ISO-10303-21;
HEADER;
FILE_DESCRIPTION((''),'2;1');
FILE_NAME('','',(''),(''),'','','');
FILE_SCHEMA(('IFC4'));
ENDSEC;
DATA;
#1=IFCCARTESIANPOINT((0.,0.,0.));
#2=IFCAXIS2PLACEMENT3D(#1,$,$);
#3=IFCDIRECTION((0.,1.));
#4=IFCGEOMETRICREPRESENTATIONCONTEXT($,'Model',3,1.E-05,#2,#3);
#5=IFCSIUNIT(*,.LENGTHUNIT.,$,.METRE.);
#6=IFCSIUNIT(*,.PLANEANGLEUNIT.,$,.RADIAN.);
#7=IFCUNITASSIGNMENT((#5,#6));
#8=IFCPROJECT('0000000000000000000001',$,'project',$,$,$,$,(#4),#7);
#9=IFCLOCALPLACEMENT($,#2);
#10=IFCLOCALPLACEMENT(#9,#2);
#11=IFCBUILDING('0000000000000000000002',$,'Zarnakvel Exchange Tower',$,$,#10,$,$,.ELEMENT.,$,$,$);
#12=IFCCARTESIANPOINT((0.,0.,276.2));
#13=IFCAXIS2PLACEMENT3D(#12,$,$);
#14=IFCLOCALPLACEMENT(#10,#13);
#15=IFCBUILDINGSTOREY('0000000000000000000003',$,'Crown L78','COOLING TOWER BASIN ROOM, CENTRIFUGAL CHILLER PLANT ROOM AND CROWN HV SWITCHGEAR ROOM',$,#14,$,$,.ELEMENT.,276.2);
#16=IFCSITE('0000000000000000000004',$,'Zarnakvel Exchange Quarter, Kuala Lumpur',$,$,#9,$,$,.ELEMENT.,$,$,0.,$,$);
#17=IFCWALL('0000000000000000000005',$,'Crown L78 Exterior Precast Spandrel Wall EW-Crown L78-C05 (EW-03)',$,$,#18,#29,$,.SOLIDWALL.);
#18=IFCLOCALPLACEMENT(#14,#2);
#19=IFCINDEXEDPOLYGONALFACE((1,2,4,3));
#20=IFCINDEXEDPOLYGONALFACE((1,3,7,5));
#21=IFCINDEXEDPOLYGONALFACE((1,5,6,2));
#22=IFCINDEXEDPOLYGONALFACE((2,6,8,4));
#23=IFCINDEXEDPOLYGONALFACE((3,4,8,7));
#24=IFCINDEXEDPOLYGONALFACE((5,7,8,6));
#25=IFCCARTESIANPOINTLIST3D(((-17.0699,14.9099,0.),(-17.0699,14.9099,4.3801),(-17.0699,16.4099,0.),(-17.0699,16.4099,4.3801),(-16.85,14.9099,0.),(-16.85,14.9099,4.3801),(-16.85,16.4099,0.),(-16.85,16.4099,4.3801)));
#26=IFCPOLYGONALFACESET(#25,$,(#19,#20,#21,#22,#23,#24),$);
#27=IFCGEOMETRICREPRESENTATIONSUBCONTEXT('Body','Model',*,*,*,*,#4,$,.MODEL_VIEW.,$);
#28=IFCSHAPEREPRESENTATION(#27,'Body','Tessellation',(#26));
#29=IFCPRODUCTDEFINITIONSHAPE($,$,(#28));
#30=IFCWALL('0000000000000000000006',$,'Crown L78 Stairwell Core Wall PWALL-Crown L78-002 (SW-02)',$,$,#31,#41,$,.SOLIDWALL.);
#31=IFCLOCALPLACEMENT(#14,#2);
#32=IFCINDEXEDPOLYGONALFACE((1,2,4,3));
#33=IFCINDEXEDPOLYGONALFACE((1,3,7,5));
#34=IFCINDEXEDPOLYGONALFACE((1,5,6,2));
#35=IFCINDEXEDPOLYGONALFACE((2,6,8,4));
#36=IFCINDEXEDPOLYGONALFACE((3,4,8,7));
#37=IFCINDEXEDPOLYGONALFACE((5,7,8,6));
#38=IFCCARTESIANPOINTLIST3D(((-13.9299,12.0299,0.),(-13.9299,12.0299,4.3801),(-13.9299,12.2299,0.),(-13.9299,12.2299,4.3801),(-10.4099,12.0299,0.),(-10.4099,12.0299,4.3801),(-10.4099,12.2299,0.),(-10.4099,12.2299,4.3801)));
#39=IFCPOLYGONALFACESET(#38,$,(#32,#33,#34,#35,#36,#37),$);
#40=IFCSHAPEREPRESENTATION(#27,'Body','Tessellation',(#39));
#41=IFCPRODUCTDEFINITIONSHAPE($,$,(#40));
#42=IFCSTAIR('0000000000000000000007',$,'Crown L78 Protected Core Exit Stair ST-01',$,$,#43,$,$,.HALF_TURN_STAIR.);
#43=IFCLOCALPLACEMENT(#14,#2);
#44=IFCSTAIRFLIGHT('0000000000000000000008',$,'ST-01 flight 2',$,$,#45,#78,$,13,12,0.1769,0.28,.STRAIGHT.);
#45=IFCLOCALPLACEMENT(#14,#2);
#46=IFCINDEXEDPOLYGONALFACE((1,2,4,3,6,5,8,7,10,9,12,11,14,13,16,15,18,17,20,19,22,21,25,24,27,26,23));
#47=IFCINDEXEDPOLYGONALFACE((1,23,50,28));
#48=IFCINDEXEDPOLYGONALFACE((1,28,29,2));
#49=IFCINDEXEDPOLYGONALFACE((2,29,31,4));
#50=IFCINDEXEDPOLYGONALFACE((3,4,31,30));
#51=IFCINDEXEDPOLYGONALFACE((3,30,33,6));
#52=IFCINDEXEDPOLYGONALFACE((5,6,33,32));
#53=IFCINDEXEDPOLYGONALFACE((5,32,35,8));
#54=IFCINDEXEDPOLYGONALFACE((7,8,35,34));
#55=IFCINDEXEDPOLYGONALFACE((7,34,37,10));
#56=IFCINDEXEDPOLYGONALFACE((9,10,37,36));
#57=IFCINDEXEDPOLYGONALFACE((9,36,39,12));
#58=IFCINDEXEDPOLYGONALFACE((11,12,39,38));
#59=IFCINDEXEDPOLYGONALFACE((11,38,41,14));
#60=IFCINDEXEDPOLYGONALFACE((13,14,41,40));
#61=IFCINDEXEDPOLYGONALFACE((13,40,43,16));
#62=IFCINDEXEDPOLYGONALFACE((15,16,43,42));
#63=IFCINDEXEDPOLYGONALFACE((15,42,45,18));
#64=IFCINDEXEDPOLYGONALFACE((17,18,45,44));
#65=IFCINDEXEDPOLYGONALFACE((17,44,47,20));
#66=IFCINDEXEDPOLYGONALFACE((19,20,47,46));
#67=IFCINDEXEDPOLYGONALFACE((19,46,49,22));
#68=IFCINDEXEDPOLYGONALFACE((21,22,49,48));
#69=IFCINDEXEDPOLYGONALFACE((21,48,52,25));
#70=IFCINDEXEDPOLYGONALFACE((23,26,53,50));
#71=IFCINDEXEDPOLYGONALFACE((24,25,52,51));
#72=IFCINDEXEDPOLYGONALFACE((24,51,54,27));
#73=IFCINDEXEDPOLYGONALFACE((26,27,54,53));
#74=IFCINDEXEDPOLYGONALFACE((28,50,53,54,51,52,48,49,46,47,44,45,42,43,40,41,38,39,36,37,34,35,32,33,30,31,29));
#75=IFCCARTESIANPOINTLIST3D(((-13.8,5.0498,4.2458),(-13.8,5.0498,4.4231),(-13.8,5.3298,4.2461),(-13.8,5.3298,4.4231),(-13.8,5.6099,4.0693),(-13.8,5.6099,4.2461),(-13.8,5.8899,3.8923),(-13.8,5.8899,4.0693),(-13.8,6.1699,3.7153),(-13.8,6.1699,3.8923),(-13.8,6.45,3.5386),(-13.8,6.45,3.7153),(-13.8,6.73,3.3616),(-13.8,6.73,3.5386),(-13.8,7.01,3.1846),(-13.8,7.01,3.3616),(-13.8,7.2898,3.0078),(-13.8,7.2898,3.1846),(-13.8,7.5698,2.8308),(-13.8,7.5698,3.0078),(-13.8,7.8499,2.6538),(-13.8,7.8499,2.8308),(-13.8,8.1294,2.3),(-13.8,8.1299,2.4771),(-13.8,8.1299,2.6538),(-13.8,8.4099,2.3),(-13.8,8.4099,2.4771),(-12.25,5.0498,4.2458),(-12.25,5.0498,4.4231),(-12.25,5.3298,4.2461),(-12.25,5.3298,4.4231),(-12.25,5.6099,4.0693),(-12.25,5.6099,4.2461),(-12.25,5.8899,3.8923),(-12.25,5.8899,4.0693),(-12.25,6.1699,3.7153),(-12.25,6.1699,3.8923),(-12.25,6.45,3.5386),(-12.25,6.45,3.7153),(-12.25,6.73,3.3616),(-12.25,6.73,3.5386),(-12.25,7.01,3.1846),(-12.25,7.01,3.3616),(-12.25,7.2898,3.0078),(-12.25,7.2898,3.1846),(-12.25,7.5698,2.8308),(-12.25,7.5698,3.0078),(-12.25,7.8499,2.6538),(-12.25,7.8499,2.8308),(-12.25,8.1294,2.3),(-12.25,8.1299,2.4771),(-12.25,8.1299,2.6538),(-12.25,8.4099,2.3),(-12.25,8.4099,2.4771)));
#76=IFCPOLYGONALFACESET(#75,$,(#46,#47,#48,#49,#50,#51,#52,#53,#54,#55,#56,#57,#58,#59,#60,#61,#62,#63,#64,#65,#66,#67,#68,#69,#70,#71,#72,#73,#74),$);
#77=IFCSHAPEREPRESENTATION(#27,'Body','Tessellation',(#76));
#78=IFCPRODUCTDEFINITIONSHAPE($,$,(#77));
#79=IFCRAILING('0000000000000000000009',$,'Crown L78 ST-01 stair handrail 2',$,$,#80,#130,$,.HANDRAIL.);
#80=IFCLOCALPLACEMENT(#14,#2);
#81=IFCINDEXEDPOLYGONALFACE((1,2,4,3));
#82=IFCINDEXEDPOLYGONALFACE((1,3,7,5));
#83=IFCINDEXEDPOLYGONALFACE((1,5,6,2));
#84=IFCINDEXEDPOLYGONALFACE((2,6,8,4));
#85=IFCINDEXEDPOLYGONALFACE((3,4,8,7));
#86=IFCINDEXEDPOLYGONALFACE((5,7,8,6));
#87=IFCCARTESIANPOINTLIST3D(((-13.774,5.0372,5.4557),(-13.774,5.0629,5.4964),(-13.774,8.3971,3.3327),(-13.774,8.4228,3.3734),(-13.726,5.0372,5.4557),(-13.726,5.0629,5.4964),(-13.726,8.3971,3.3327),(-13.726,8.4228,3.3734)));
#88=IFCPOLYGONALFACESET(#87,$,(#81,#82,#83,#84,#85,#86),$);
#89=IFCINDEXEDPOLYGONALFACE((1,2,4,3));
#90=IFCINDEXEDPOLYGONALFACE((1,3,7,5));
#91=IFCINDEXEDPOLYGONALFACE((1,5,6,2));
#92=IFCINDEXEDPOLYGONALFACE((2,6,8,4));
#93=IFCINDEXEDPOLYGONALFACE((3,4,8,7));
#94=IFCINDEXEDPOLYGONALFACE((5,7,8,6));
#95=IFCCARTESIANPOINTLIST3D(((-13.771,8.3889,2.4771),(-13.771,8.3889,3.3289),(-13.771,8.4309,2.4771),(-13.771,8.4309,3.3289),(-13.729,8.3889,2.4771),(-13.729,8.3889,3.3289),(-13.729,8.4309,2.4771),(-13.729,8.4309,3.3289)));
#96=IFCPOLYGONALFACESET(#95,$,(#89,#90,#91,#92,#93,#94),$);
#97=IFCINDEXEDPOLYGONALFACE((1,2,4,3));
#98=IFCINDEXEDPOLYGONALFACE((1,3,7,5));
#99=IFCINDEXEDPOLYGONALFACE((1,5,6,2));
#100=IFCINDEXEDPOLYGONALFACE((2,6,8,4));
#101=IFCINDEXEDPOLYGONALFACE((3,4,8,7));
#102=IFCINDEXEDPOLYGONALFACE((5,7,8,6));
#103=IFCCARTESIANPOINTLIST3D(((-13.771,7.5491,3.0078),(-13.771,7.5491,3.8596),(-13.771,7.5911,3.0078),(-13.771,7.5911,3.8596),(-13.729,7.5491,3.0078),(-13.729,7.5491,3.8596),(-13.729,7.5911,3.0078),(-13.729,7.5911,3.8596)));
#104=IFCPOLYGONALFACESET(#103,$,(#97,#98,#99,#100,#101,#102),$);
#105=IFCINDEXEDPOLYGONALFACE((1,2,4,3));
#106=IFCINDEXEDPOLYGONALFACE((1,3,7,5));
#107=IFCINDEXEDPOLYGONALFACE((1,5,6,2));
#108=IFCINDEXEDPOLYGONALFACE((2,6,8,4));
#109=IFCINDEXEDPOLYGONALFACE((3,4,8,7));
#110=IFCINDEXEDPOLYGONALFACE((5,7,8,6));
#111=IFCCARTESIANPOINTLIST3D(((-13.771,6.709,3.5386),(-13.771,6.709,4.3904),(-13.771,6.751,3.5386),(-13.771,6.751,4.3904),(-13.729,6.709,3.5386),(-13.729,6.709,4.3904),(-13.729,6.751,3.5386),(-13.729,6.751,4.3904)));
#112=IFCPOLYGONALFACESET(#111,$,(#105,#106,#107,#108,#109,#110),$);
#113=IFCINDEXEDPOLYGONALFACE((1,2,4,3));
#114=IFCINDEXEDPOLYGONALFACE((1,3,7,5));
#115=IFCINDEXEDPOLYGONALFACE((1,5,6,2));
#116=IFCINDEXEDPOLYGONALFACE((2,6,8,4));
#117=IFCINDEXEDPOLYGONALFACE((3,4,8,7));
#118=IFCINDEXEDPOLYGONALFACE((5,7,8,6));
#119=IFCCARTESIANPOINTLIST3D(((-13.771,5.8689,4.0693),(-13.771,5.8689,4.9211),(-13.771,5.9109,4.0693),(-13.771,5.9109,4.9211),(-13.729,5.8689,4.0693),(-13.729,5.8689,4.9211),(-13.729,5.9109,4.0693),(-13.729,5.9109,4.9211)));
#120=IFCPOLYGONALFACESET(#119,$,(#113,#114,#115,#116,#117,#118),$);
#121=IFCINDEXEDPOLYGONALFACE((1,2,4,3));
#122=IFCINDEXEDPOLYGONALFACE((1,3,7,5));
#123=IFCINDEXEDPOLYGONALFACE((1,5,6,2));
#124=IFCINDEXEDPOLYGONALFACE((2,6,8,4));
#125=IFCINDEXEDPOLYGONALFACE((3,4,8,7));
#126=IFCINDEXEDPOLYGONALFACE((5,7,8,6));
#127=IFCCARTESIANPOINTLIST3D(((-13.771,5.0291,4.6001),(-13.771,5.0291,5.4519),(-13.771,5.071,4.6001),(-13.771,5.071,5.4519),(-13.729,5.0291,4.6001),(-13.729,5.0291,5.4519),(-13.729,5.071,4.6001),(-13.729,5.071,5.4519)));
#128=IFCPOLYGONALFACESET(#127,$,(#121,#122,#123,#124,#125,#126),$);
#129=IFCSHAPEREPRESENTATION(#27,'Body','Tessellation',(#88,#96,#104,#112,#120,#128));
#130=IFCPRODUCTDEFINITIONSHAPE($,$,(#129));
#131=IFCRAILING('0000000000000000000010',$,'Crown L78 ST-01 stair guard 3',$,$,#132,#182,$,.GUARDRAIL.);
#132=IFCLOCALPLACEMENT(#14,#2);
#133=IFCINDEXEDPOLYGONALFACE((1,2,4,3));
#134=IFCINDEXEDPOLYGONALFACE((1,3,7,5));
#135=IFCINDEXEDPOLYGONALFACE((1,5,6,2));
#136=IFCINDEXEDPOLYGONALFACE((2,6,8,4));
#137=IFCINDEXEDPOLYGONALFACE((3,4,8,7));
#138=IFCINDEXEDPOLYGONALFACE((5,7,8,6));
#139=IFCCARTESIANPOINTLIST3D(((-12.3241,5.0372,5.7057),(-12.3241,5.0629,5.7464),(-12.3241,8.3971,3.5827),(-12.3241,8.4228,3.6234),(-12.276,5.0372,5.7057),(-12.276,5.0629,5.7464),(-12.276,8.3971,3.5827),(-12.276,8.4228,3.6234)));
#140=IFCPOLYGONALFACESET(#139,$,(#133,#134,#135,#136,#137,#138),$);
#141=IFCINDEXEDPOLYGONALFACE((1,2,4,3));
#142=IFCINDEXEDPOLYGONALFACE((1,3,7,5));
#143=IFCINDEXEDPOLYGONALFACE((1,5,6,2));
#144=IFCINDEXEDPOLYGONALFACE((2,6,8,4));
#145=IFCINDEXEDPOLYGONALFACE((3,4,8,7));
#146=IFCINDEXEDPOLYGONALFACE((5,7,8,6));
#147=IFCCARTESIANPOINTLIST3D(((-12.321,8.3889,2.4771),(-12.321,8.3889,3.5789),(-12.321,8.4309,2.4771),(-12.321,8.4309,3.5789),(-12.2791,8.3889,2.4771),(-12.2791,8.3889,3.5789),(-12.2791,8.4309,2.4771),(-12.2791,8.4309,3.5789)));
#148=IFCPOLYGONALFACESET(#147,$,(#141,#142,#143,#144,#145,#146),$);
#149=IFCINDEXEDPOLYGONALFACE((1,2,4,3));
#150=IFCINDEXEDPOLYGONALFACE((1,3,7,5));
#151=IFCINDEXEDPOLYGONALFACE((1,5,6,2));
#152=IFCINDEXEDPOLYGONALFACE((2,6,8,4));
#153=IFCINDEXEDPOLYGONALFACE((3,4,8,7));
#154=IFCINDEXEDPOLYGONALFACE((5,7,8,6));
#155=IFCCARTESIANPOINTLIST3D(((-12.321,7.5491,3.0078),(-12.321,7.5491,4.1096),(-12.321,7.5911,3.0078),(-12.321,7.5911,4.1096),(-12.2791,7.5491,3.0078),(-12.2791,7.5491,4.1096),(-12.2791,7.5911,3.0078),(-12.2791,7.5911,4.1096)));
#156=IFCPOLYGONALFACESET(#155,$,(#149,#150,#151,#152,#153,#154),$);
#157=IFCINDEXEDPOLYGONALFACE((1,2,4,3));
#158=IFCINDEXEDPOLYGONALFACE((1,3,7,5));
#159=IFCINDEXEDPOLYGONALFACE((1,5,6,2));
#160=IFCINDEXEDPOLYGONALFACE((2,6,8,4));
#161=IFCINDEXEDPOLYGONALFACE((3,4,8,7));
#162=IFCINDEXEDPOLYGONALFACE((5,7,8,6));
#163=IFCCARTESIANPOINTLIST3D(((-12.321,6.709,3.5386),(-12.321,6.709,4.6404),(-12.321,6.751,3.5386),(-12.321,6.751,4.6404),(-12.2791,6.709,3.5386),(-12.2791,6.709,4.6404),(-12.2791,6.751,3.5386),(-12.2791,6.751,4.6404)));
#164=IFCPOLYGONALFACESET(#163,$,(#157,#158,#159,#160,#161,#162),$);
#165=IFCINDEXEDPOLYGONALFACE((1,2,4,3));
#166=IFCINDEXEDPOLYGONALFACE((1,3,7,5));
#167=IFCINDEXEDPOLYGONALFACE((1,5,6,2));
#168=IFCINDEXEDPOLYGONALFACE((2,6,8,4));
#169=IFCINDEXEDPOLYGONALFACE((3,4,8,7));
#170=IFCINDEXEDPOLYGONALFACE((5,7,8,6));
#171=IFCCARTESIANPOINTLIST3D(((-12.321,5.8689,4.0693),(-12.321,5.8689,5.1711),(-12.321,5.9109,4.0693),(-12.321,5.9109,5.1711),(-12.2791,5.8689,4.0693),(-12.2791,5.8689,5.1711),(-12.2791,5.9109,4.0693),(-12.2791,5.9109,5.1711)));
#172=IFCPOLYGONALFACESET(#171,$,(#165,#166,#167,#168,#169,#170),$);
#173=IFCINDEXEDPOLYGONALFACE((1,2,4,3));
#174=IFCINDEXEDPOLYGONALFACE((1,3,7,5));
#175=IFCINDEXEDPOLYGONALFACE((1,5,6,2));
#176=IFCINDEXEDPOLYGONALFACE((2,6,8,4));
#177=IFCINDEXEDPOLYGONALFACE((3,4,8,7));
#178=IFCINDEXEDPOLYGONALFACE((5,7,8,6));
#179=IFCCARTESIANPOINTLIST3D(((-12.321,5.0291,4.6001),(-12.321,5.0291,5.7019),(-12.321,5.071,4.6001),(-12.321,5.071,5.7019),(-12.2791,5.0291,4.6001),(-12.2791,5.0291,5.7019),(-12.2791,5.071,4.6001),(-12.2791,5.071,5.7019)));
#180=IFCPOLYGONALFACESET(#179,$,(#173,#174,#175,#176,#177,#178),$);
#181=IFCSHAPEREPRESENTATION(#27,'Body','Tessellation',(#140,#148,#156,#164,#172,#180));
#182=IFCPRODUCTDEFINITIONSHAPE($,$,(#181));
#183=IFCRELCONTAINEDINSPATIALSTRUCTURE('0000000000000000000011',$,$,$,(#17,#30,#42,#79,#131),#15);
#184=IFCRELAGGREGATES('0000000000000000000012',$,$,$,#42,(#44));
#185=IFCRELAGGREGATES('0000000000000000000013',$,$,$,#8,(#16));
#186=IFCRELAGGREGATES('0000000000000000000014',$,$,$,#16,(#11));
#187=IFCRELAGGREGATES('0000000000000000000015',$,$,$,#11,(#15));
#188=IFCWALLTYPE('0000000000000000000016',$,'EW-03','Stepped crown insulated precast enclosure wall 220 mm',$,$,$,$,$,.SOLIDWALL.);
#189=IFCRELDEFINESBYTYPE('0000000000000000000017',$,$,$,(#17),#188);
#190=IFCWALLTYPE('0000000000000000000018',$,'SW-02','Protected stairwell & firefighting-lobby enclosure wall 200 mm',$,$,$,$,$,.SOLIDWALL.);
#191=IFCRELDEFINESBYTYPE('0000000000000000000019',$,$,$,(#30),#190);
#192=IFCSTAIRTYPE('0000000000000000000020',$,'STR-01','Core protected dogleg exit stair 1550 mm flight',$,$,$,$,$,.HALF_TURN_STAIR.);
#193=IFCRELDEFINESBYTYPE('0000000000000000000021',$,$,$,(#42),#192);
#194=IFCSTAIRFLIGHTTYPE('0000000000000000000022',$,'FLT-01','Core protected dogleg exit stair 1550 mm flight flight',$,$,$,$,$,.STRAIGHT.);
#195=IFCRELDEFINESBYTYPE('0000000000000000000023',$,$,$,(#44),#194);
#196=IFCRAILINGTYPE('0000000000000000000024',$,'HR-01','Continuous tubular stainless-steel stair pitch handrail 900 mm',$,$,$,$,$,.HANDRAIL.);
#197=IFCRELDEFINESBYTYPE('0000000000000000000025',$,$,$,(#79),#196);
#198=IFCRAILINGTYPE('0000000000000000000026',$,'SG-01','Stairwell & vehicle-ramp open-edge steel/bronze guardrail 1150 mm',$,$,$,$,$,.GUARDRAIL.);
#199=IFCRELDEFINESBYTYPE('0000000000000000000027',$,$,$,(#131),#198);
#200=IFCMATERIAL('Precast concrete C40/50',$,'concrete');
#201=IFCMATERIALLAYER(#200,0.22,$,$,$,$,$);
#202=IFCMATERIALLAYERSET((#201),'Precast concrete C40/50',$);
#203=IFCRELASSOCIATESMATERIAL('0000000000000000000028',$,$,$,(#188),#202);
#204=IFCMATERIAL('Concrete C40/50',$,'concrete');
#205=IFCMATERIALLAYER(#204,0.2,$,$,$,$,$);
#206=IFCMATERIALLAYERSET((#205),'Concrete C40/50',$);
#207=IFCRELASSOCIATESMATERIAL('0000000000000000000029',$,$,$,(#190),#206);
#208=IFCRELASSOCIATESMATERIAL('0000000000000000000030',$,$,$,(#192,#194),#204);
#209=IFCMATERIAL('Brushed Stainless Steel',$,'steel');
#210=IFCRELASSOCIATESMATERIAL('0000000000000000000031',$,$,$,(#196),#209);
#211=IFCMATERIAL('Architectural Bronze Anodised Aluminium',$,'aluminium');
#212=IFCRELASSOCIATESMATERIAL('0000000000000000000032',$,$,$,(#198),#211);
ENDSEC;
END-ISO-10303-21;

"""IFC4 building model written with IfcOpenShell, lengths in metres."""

from ifc_helpers import new_model, si_unit, direction, frame, frame_2d, origin, origin_2d, place, context, subcontext, project, spatial, polyline, rectangle, outline, extrude, material, layer, layer_set, type_object, element, aggregate, save


model = new_model("IFC4")

# Units and contexts
model_context = context("Model", 3, precision=1e-05, world=origin(), true_north=direction((0.0, 1.0)))
body_context = subcontext(model_context, "Body", "Model", "MODEL_VIEW")
ifc_project = project(units=[si_unit("LENGTHUNIT", "METRE"), si_unit("PLANEANGLEUNIT", "RADIAN")], contexts=[model_context])

# Site, building, storey
site_placement = place(None, origin())
site = spatial("IfcSite", under=ifc_project, at=site_placement, Name="Zarnakvel Exchange Quarter, Kuala Lumpur", CompositionType="ELEMENT", RefElevation=0.0)
building_placement = place(site_placement, origin())
building = spatial("IfcBuilding", under=site, at=building_placement, Name="Zarnakvel Exchange Tower", CompositionType="ELEMENT")
storey_placement = place(building_placement, frame((0.0, 0.0, 276.2)))
storey = spatial("IfcBuildingStorey", under=building, at=storey_placement, Name="Crown L78", Description="COOLING TOWER BASIN ROOM, CENTRIFUGAL CHILLER PLANT ROOM AND CROWN HV SWITCHGEAR ROOM", CompositionType="ELEMENT", Elevation=276.2)

# Shared definitions
ifc_material_1 = material(Name="Architectural Bronze Anodised Aluminium", Category="aluminium")

# Walls
ifc_material_2 = material(Name="Precast concrete C40/50", Category="concrete")
ifc_layer_1 = layer(ifc_material_2, 0.22)
ifc_layer_set_1 = layer_set([ifc_layer_1], Name="Precast concrete C40/50")
wall_type_1 = type_object("IfcWallType", Name="EW-03", Description="Stepped crown insulated precast enclosure wall 220 mm", PredefinedType="SOLIDWALL", material=ifc_layer_set_1)
for number, where, z_axis, x_axis, name in (
    (1, (-16.96, 16.4099, 0.0), (0.0, 0.0, 1.0), (0.0, -1.0, 0.0), "Crown L78 Exterior Precast Spandrel Wall EW-Crown L78-C05 (EW-03)"),
):
    element("IfcWall", number, at=place(storey_placement, frame(where, z_axis=z_axis, x_axis=x_axis)), inside=storey, type_object=wall_type_1, Name=name, PredefinedType="SOLIDWALL", context=body_context, shape_type="SweptSolid", body=[
        extrude(rectangle(XDim=1.5, YDim=0.22, at=frame_2d((0.75, 0.0))), origin(), (0.0, 0.0, 1.0), 4.3801),
    ])
ifc_material_3 = material(Name="Concrete C40/50", Category="concrete")
ifc_layer_2 = layer(ifc_material_3, 0.2)
ifc_layer_set_2 = layer_set([ifc_layer_2], Name="Concrete C40/50")
wall_type_2 = type_object("IfcWallType", Name="SW-02", Description="Protected stairwell & firefighting-lobby enclosure wall 200 mm", PredefinedType="SOLIDWALL", material=ifc_layer_set_2)
wall_1_placement = place(storey_placement, frame((-13.9299, 12.1299, 0.0), z_axis=(0.0, 0.0, 1.0), x_axis=(1.0, 0.0, 0.0)))
element("IfcWall", 2, at=wall_1_placement, inside=storey, type_object=wall_type_2, Name="Crown L78 Stairwell Core Wall PWALL-Crown L78-002 (SW-02)", PredefinedType="SOLIDWALL", context=body_context, shape_type="SweptSolid", body=[
    extrude(rectangle(XDim=3.52, YDim=0.2, at=frame_2d((1.76, 0.0))), origin(), (0.0, 0.0, 1.0), 4.3801),
])

# Stair, stair flight
stair_type = type_object("IfcStairType", Name="STR-01", Description="Core protected dogleg exit stair 1550 mm flight", PredefinedType="HALF_TURN_STAIR", material=ifc_material_3)
stair_placement = place(storey_placement, origin())
stair = element("IfcStair", 3, at=stair_placement, inside=storey, type_object=stair_type, Name="Crown L78 Protected Core Exit Stair ST-01", PredefinedType="HALF_TURN_STAIR")
stair_flight_type = type_object("IfcStairFlightType", Name="FLT-01", Description="Core protected dogleg exit stair 1550 mm flight flight", PredefinedType="STRAIGHT", material=ifc_material_3)
stair_flight_placement = place(storey_placement, frame((-13.0249, 8.4099, 2.3), z_axis=(0.0, 0.0, 1.0), x_axis=(0.0, -1.0, 0.0)))
stair_flight = element("IfcStairFlight", 4, at=stair_flight_placement, type_object=stair_flight_type, Name="ST-01 flight 2", NumberOfRisers=13, NumberOfTreads=12, PredefinedType="STRAIGHT", RiserHeight=0.1769, TreadLength=0.28, context=body_context, shape_type="SweptSolid", body=[
    extrude(outline(polyline([(0.0, 0.0), (0.0, 0.177), (0.28, 0.177), (0.28, 0.3538), (0.5601, 0.3538), (0.5601, 0.5308), (0.8401, 0.5308), (0.8401, 0.7078), (1.1201, 0.7078), (1.1201, 0.8845), (1.3999, 0.8845), (1.3999, 1.0615), (1.6799, 1.0615), (1.6799, 1.2385), (1.96, 1.2385), (1.96, 1.4153), (2.24, 1.4153), (2.24, 1.5923), (2.52, 1.5923), (2.52, 1.7693), (2.8, 1.7693), (2.8, 1.946), (3.0801, 1.946), (3.0801, 2.123), (3.3601, 2.123), (3.3601, 2.3), (3.3601, 1.9458), (0.2805, 0.0), (0.0, 0.0)])), frame((0.0, 0.7749, 0.0), z_axis=(0.0, -1.0, 0.0), x_axis=(1.0, 0.0, 0.0)), (0.0, 0.0, 1.0), 1.55),
])
aggregate(stair, [stair_flight])

# Railings
ifc_material_4 = material(Name="Brushed Stainless Steel", Category="steel")
railing_type_1 = type_object("IfcRailingType", Name="HR-01", Description="Continuous tubular stainless-steel stair pitch handrail 900 mm", PredefinedType="HANDRAIL", material=ifc_material_4)
railing_1_placement = place(storey_placement, frame((-13.75, 8.4099, 2.4771)))
element("IfcRailing", 5, at=railing_1_placement, inside=storey, type_object=railing_type_1, Name="Crown L78 ST-01 stair handrail 2", PredefinedType="HANDRAIL", context=body_context, shape_type="SweptSolid", body=[
    extrude(rectangle(XDim=0.0481, YDim=0.0481, at=origin_2d()), frame((0.0, 0.0, 0.876), z_axis=(0.0, -0.845372, 0.534178), x_axis=(1.0, 0.0, 0.0)), (0.0, 0.0, 1.0), 3.9744),
    extrude(rectangle(XDim=0.042, YDim=0.042, at=origin_2d()), origin(), (0.0, 0.0, 1.0), 0.8518),
    extrude(rectangle(XDim=0.042, YDim=0.042, at=origin_2d()), frame((0.0, -0.8398, 0.5308)), (0.0, 0.0, 1.0), 0.8518),
    extrude(rectangle(XDim=0.042, YDim=0.042, at=origin_2d()), frame((0.0, -1.6799, 1.0615)), (0.0, 0.0, 1.0), 0.8518),
    extrude(rectangle(XDim=0.042, YDim=0.042, at=origin_2d()), frame((0.0, -2.52, 1.5923)), (0.0, 0.0, 1.0), 0.8518),
    extrude(rectangle(XDim=0.042, YDim=0.042, at=origin_2d()), frame((0.0, -3.3599, 2.123)), (0.0, 0.0, 1.0), 0.8518),
])
railing_type_2 = type_object("IfcRailingType", Name="SG-01", Description="Stairwell & vehicle-ramp open-edge steel/bronze guardrail 1150 mm", PredefinedType="GUARDRAIL", material=ifc_material_1)
railing_2_placement = place(storey_placement, frame((-12.3, 8.4099, 2.4771)))
element("IfcRailing", 6, at=railing_2_placement, inside=storey, type_object=railing_type_2, Name="Crown L78 ST-01 stair guard 3", PredefinedType="GUARDRAIL", context=body_context, shape_type="SweptSolid", body=[
    extrude(rectangle(XDim=0.0481, YDim=0.0481, at=origin_2d()), frame((0.0, 0.0, 1.126), z_axis=(0.0, -0.845372, 0.534178), x_axis=(1.0, 0.0, 0.0)), (0.0, 0.0, 1.0), 3.9744),
    extrude(rectangle(XDim=0.042, YDim=0.042, at=origin_2d()), origin(), (0.0, 0.0, 1.0), 1.1018),
    extrude(rectangle(XDim=0.042, YDim=0.042, at=origin_2d()), frame((0.0, -0.8398, 0.5308)), (0.0, 0.0, 1.0), 1.1018),
    extrude(rectangle(XDim=0.042, YDim=0.042, at=origin_2d()), frame((0.0, -1.6799, 1.0615)), (0.0, 0.0, 1.0), 1.1018),
    extrude(rectangle(XDim=0.042, YDim=0.042, at=origin_2d()), frame((0.0, -2.52, 1.5923)), (0.0, 0.0, 1.0), 1.1018),
    extrude(rectangle(XDim=0.042, YDim=0.042, at=origin_2d()), frame((0.0, -3.3599, 2.123)), (0.0, 0.0, 1.0), 1.1018),
])

save(model, "model.ifc")
